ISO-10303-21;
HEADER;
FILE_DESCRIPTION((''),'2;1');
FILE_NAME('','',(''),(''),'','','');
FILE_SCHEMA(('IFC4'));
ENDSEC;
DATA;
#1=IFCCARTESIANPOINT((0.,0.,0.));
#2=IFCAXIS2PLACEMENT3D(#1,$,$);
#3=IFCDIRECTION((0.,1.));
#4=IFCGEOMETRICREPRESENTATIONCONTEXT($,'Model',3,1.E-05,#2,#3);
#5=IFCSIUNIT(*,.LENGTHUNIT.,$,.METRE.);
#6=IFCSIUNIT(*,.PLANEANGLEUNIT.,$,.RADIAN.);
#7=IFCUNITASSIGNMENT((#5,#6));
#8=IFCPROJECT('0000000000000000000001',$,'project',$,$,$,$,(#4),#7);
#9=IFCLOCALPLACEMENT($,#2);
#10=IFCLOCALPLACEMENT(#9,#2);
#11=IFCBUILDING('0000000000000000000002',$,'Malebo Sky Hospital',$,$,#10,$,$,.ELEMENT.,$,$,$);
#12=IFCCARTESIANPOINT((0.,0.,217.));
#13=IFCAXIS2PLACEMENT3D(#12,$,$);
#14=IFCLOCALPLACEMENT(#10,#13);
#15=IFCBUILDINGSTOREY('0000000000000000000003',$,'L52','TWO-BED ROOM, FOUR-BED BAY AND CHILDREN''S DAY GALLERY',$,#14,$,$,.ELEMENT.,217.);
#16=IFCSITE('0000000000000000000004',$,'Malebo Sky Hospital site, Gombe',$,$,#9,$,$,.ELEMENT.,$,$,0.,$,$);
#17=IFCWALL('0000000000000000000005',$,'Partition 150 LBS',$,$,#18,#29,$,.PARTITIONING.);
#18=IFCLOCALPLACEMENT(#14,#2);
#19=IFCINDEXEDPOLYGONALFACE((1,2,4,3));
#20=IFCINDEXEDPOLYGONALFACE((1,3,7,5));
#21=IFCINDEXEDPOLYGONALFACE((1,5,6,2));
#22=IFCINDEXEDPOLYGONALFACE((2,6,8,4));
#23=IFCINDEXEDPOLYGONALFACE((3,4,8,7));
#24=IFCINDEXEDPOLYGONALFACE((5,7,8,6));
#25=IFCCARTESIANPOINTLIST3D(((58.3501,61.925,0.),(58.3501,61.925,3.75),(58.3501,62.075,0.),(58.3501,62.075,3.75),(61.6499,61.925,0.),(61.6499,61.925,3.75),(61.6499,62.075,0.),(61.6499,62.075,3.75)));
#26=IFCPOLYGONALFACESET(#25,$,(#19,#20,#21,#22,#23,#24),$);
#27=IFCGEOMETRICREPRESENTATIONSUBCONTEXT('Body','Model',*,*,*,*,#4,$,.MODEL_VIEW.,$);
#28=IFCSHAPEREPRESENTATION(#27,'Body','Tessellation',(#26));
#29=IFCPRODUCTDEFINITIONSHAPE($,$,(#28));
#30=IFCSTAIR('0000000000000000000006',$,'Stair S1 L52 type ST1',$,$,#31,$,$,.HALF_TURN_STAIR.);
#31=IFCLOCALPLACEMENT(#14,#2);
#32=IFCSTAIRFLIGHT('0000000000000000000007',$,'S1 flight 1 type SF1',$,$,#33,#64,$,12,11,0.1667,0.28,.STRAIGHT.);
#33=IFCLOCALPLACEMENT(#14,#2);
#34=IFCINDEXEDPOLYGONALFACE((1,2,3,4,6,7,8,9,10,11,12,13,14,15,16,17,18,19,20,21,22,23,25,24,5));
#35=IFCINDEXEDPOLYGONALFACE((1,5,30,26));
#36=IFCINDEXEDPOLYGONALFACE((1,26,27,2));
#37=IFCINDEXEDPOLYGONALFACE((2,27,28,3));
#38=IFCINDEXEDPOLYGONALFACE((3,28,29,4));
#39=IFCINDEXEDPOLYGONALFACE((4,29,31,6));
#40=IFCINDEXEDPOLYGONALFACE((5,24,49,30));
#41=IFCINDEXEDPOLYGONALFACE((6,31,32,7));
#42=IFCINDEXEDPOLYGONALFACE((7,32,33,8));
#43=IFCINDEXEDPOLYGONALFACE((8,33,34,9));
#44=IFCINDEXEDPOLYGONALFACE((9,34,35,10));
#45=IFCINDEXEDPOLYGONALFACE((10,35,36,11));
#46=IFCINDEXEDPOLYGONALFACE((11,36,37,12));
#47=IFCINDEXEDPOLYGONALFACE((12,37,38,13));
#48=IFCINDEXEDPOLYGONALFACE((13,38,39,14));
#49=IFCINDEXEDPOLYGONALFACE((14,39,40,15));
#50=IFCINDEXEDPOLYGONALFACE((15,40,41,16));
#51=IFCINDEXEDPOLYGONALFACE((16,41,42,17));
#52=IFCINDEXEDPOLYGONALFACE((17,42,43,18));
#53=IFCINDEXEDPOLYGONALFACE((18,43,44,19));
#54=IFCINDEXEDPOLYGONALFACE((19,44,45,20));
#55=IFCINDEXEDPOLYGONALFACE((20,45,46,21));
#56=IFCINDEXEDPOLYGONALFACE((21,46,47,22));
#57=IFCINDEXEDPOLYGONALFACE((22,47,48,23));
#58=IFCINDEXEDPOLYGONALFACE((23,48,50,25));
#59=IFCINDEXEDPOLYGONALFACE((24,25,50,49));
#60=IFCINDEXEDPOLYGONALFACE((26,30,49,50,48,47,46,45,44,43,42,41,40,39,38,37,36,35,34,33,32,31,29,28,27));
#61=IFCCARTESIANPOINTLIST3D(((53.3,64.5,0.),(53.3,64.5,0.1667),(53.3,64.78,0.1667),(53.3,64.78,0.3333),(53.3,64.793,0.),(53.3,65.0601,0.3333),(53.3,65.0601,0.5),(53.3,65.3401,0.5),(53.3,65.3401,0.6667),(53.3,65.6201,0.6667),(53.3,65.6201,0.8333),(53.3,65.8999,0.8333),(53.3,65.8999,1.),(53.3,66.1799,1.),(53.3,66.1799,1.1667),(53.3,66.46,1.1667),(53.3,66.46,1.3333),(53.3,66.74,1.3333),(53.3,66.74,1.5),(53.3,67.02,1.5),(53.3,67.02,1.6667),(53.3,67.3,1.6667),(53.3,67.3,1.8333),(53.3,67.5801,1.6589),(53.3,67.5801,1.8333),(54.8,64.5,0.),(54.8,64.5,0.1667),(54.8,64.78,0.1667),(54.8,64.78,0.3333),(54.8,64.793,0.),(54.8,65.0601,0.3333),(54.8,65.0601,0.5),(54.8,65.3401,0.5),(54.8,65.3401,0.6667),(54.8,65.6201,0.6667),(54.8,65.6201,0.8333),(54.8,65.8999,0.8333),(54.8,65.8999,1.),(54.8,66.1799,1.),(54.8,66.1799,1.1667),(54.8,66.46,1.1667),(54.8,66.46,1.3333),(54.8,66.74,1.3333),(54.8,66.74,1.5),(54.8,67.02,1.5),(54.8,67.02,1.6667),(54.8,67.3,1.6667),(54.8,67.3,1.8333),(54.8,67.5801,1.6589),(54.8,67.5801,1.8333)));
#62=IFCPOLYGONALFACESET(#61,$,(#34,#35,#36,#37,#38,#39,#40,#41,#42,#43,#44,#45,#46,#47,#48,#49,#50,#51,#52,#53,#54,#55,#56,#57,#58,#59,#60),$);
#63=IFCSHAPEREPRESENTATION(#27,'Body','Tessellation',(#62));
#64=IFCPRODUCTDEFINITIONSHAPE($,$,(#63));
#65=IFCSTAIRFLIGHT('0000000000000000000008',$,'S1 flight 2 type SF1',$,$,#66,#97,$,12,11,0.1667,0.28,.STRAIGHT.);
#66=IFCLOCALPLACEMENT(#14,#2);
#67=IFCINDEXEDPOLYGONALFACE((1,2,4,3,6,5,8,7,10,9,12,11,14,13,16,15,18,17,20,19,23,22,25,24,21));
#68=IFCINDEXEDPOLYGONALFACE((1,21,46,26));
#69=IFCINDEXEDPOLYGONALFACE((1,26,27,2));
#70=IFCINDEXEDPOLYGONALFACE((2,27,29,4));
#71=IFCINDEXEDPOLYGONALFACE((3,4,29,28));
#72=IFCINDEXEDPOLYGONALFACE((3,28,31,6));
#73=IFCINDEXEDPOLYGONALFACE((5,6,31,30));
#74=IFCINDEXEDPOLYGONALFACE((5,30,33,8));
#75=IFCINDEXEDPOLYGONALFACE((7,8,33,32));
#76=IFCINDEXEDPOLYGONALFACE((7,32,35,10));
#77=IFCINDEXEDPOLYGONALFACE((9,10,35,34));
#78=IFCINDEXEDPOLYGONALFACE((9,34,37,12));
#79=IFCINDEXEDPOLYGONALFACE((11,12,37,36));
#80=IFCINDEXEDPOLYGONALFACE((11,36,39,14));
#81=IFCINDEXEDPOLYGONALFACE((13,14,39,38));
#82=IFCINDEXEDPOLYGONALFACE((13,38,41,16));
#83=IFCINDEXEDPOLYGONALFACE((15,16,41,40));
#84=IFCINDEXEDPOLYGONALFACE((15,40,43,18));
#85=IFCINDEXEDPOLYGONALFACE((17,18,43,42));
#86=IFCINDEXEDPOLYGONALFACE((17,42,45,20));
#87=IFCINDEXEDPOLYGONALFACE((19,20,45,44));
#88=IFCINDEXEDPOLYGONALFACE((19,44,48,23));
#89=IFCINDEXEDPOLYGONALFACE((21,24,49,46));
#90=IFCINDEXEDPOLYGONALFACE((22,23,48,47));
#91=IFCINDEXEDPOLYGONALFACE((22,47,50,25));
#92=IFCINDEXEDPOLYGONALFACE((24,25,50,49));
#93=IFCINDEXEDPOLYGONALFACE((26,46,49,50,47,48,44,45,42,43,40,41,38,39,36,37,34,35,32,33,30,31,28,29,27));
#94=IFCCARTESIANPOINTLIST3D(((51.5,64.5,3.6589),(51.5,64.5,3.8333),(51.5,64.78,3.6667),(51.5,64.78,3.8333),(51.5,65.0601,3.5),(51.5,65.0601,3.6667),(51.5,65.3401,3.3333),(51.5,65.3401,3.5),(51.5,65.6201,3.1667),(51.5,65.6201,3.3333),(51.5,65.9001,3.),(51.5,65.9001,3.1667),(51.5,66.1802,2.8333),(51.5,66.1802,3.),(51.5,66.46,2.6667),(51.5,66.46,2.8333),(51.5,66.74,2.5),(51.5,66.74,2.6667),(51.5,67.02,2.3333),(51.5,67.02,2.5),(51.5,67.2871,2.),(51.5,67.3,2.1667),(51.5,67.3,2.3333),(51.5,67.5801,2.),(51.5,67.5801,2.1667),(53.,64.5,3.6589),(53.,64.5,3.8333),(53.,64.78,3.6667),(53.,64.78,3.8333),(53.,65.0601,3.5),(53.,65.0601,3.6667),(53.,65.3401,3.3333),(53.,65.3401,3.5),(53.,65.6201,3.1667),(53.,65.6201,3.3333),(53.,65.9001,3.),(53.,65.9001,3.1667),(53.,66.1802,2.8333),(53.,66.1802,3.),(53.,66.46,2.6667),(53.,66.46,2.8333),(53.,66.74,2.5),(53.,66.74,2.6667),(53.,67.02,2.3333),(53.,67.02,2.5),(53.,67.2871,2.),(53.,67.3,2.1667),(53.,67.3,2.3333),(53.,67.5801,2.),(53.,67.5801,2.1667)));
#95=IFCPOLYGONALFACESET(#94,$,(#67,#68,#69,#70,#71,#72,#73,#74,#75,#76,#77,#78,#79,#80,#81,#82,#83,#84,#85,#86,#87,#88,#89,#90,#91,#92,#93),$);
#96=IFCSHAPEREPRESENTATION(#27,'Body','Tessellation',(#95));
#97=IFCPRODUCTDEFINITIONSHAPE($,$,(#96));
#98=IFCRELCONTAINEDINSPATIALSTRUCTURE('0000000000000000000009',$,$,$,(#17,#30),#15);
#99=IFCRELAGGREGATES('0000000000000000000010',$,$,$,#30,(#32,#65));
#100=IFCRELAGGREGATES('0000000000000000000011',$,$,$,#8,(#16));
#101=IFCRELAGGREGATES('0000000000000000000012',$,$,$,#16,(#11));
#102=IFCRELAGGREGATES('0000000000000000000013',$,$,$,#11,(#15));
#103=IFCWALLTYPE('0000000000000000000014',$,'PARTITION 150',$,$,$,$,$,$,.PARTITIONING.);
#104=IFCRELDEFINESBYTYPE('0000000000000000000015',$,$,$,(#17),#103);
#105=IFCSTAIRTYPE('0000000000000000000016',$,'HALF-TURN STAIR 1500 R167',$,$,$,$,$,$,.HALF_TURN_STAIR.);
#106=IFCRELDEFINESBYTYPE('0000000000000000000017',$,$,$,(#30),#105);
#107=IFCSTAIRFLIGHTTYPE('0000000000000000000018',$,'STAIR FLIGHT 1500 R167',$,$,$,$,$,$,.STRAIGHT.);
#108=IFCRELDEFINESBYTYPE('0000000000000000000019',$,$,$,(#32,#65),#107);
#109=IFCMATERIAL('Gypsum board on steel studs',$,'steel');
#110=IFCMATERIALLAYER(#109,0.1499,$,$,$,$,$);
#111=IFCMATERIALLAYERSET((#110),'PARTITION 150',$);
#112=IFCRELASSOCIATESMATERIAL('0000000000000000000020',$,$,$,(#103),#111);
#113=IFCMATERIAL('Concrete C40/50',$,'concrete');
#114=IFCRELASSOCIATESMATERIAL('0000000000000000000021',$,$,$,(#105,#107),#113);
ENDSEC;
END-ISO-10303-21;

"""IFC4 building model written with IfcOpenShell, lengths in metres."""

from ifc_helpers import new_model, si_unit, direction, frame, frame_2d, origin, place, context, subcontext, project, spatial, polyline, rectangle, outline, extrude, material, layer, layer_set, type_object, element, aggregate, save


model = new_model("IFC4")

# Units and contexts
model_context = context("Model", 3, precision=1e-05, world=origin(), true_north=direction((0.0, 1.0)))
body_context = subcontext(model_context, "Body", "Model", "MODEL_VIEW")
ifc_project = project(units=[si_unit("LENGTHUNIT", "METRE"), si_unit("PLANEANGLEUNIT", "RADIAN")], contexts=[model_context])

# Site, building, storey
site_placement = place(None, origin())
site = spatial("IfcSite", under=ifc_project, at=site_placement, Name="Malebo Sky Hospital site, Gombe", CompositionType="ELEMENT", RefElevation=0.0)
building_placement = place(site_placement, origin())
building = spatial("IfcBuilding", under=site, at=building_placement, Name="Malebo Sky Hospital", CompositionType="ELEMENT")
storey_placement = place(building_placement, frame((0.0, 0.0, 217.0)))
storey = spatial("IfcBuildingStorey", under=building, at=storey_placement, Name="L52", Description="TWO-BED ROOM, FOUR-BED BAY AND CHILDREN'S DAY GALLERY", CompositionType="ELEMENT", Elevation=217.0)

# Shared definitions
ifc_material_1 = material(Name="Gypsum board on steel studs", Category="steel")
ifc_layer_1 = layer(ifc_material_1, 0.1499)
ifc_layer_set_1 = layer_set([ifc_layer_1], Name="PARTITION 150")
wall_type_1 = type_object("IfcWallType", Name="PARTITION 150", PredefinedType="PARTITIONING", material=ifc_layer_set_1)

# Wall
wall_1_placement = place(storey_placement, frame((58.3501, 62.0, 0.0), z_axis=(0.0, 0.0, 1.0), x_axis=(1.0, 0.0, 0.0)))
element("IfcWall", 1, at=wall_1_placement, inside=storey, type_object=wall_type_1, Name="Partition 150 LBS", PredefinedType="PARTITIONING", context=body_context, shape_type="SweptSolid", body=[
    extrude(rectangle(XDim=3.2998, YDim=0.1499, at=frame_2d((1.6499, 0.0))), origin(), (0.0, 0.0, 1.0), 3.75),
])

# Stair, stair flights
ifc_material_2 = material(Name="Concrete C40/50", Category="concrete")
stair_type = type_object("IfcStairType", Name="HALF-TURN STAIR 1500 R167", PredefinedType="HALF_TURN_STAIR", material=ifc_material_2)
stair_placement = place(storey_placement, origin())
stair = element("IfcStair", 2, at=stair_placement, inside=storey, type_object=stair_type, Name="Stair S1 L52 type ST1", PredefinedType="HALF_TURN_STAIR")
stair_flight_type = type_object("IfcStairFlightType", Name="STAIR FLIGHT 1500 R167", PredefinedType="STRAIGHT", material=ifc_material_2)
stair_flight_1_placement = place(storey_placement, frame((54.05, 64.5, 0.0), z_axis=(0.0, 0.0, 1.0), x_axis=(0.0, 1.0, 0.0)))
stair_flight_1 = element("IfcStairFlight", 3, at=stair_flight_1_placement, type_object=stair_flight_type, Name="S1 flight 1 type SF1", NumberOfRisers=12, NumberOfTreads=11, PredefinedType="STRAIGHT", RiserHeight=0.1667, TreadLength=0.28, context=body_context, shape_type="SweptSolid", body=[
    extrude(outline(polyline([(0.0, 0.0), (0.0, 0.1667), (0.28, 0.1667), (0.28, 0.3333), (0.5601, 0.3333), (0.5601, 0.5), (0.8401, 0.5), (0.8401, 0.6667), (1.1201, 0.6667), (1.1201, 0.8333), (1.3999, 0.8333), (1.3999, 1.0), (1.6799, 1.0), (1.6799, 1.1667), (1.96, 1.1667), (1.96, 1.3333), (2.24, 1.3333), (2.24, 1.5), (2.52, 1.5), (2.52, 1.6667), (2.8, 1.6667), (2.8, 1.8333), (3.0801, 1.8333), (3.0801, 2.0), (3.0801, 1.6589), (0.293, 0.0), (0.0, 0.0)])), frame((0.0, 0.75, 0.0), z_axis=(0.0, -1.0, 0.0), x_axis=(1.0, 0.0, 0.0)), (0.0, 0.0, 1.0), 1.5),
])
stair_flight_2_placement = place(storey_placement, frame((52.25, 67.5801, 2.0), z_axis=(0.0, 0.0, 1.0), x_axis=(0.0, -1.0, 0.0)))
stair_flight_2 = element("IfcStairFlight", 4, at=stair_flight_2_placement, type_object=stair_flight_type, Name="S1 flight 2 type SF1", NumberOfRisers=12, NumberOfTreads=11, PredefinedType="STRAIGHT", RiserHeight=0.1667, TreadLength=0.28, context=body_context, shape_type="SweptSolid", body=[
    extrude(outline(polyline([(0.0, 0.0), (0.0, 0.1667), (0.28, 0.1667), (0.28, 0.3333), (0.5601, 0.3333), (0.5601, 0.5), (0.8401, 0.5), (0.8401, 0.6667), (1.1201, 0.6667), (1.1201, 0.8333), (1.3999, 0.8333), (1.3999, 1.0), (1.6799, 1.0), (1.6799, 1.1667), (1.96, 1.1667), (1.96, 1.3333), (2.24, 1.3333), (2.24, 1.5), (2.52, 1.5), (2.52, 1.6667), (2.8, 1.6667), (2.8, 1.8333), (3.0801, 1.8333), (3.0801, 2.0), (3.0801, 1.6589), (0.293, 0.0), (0.0, 0.0)])), frame((0.0, 0.75, 0.0), z_axis=(0.0, -1.0, 0.0), x_axis=(1.0, 0.0, 0.0)), (0.0, 0.0, 1.0), 1.5),
])
aggregate(stair, [stair_flight_1, stair_flight_2])

save(model, "model.ifc")
